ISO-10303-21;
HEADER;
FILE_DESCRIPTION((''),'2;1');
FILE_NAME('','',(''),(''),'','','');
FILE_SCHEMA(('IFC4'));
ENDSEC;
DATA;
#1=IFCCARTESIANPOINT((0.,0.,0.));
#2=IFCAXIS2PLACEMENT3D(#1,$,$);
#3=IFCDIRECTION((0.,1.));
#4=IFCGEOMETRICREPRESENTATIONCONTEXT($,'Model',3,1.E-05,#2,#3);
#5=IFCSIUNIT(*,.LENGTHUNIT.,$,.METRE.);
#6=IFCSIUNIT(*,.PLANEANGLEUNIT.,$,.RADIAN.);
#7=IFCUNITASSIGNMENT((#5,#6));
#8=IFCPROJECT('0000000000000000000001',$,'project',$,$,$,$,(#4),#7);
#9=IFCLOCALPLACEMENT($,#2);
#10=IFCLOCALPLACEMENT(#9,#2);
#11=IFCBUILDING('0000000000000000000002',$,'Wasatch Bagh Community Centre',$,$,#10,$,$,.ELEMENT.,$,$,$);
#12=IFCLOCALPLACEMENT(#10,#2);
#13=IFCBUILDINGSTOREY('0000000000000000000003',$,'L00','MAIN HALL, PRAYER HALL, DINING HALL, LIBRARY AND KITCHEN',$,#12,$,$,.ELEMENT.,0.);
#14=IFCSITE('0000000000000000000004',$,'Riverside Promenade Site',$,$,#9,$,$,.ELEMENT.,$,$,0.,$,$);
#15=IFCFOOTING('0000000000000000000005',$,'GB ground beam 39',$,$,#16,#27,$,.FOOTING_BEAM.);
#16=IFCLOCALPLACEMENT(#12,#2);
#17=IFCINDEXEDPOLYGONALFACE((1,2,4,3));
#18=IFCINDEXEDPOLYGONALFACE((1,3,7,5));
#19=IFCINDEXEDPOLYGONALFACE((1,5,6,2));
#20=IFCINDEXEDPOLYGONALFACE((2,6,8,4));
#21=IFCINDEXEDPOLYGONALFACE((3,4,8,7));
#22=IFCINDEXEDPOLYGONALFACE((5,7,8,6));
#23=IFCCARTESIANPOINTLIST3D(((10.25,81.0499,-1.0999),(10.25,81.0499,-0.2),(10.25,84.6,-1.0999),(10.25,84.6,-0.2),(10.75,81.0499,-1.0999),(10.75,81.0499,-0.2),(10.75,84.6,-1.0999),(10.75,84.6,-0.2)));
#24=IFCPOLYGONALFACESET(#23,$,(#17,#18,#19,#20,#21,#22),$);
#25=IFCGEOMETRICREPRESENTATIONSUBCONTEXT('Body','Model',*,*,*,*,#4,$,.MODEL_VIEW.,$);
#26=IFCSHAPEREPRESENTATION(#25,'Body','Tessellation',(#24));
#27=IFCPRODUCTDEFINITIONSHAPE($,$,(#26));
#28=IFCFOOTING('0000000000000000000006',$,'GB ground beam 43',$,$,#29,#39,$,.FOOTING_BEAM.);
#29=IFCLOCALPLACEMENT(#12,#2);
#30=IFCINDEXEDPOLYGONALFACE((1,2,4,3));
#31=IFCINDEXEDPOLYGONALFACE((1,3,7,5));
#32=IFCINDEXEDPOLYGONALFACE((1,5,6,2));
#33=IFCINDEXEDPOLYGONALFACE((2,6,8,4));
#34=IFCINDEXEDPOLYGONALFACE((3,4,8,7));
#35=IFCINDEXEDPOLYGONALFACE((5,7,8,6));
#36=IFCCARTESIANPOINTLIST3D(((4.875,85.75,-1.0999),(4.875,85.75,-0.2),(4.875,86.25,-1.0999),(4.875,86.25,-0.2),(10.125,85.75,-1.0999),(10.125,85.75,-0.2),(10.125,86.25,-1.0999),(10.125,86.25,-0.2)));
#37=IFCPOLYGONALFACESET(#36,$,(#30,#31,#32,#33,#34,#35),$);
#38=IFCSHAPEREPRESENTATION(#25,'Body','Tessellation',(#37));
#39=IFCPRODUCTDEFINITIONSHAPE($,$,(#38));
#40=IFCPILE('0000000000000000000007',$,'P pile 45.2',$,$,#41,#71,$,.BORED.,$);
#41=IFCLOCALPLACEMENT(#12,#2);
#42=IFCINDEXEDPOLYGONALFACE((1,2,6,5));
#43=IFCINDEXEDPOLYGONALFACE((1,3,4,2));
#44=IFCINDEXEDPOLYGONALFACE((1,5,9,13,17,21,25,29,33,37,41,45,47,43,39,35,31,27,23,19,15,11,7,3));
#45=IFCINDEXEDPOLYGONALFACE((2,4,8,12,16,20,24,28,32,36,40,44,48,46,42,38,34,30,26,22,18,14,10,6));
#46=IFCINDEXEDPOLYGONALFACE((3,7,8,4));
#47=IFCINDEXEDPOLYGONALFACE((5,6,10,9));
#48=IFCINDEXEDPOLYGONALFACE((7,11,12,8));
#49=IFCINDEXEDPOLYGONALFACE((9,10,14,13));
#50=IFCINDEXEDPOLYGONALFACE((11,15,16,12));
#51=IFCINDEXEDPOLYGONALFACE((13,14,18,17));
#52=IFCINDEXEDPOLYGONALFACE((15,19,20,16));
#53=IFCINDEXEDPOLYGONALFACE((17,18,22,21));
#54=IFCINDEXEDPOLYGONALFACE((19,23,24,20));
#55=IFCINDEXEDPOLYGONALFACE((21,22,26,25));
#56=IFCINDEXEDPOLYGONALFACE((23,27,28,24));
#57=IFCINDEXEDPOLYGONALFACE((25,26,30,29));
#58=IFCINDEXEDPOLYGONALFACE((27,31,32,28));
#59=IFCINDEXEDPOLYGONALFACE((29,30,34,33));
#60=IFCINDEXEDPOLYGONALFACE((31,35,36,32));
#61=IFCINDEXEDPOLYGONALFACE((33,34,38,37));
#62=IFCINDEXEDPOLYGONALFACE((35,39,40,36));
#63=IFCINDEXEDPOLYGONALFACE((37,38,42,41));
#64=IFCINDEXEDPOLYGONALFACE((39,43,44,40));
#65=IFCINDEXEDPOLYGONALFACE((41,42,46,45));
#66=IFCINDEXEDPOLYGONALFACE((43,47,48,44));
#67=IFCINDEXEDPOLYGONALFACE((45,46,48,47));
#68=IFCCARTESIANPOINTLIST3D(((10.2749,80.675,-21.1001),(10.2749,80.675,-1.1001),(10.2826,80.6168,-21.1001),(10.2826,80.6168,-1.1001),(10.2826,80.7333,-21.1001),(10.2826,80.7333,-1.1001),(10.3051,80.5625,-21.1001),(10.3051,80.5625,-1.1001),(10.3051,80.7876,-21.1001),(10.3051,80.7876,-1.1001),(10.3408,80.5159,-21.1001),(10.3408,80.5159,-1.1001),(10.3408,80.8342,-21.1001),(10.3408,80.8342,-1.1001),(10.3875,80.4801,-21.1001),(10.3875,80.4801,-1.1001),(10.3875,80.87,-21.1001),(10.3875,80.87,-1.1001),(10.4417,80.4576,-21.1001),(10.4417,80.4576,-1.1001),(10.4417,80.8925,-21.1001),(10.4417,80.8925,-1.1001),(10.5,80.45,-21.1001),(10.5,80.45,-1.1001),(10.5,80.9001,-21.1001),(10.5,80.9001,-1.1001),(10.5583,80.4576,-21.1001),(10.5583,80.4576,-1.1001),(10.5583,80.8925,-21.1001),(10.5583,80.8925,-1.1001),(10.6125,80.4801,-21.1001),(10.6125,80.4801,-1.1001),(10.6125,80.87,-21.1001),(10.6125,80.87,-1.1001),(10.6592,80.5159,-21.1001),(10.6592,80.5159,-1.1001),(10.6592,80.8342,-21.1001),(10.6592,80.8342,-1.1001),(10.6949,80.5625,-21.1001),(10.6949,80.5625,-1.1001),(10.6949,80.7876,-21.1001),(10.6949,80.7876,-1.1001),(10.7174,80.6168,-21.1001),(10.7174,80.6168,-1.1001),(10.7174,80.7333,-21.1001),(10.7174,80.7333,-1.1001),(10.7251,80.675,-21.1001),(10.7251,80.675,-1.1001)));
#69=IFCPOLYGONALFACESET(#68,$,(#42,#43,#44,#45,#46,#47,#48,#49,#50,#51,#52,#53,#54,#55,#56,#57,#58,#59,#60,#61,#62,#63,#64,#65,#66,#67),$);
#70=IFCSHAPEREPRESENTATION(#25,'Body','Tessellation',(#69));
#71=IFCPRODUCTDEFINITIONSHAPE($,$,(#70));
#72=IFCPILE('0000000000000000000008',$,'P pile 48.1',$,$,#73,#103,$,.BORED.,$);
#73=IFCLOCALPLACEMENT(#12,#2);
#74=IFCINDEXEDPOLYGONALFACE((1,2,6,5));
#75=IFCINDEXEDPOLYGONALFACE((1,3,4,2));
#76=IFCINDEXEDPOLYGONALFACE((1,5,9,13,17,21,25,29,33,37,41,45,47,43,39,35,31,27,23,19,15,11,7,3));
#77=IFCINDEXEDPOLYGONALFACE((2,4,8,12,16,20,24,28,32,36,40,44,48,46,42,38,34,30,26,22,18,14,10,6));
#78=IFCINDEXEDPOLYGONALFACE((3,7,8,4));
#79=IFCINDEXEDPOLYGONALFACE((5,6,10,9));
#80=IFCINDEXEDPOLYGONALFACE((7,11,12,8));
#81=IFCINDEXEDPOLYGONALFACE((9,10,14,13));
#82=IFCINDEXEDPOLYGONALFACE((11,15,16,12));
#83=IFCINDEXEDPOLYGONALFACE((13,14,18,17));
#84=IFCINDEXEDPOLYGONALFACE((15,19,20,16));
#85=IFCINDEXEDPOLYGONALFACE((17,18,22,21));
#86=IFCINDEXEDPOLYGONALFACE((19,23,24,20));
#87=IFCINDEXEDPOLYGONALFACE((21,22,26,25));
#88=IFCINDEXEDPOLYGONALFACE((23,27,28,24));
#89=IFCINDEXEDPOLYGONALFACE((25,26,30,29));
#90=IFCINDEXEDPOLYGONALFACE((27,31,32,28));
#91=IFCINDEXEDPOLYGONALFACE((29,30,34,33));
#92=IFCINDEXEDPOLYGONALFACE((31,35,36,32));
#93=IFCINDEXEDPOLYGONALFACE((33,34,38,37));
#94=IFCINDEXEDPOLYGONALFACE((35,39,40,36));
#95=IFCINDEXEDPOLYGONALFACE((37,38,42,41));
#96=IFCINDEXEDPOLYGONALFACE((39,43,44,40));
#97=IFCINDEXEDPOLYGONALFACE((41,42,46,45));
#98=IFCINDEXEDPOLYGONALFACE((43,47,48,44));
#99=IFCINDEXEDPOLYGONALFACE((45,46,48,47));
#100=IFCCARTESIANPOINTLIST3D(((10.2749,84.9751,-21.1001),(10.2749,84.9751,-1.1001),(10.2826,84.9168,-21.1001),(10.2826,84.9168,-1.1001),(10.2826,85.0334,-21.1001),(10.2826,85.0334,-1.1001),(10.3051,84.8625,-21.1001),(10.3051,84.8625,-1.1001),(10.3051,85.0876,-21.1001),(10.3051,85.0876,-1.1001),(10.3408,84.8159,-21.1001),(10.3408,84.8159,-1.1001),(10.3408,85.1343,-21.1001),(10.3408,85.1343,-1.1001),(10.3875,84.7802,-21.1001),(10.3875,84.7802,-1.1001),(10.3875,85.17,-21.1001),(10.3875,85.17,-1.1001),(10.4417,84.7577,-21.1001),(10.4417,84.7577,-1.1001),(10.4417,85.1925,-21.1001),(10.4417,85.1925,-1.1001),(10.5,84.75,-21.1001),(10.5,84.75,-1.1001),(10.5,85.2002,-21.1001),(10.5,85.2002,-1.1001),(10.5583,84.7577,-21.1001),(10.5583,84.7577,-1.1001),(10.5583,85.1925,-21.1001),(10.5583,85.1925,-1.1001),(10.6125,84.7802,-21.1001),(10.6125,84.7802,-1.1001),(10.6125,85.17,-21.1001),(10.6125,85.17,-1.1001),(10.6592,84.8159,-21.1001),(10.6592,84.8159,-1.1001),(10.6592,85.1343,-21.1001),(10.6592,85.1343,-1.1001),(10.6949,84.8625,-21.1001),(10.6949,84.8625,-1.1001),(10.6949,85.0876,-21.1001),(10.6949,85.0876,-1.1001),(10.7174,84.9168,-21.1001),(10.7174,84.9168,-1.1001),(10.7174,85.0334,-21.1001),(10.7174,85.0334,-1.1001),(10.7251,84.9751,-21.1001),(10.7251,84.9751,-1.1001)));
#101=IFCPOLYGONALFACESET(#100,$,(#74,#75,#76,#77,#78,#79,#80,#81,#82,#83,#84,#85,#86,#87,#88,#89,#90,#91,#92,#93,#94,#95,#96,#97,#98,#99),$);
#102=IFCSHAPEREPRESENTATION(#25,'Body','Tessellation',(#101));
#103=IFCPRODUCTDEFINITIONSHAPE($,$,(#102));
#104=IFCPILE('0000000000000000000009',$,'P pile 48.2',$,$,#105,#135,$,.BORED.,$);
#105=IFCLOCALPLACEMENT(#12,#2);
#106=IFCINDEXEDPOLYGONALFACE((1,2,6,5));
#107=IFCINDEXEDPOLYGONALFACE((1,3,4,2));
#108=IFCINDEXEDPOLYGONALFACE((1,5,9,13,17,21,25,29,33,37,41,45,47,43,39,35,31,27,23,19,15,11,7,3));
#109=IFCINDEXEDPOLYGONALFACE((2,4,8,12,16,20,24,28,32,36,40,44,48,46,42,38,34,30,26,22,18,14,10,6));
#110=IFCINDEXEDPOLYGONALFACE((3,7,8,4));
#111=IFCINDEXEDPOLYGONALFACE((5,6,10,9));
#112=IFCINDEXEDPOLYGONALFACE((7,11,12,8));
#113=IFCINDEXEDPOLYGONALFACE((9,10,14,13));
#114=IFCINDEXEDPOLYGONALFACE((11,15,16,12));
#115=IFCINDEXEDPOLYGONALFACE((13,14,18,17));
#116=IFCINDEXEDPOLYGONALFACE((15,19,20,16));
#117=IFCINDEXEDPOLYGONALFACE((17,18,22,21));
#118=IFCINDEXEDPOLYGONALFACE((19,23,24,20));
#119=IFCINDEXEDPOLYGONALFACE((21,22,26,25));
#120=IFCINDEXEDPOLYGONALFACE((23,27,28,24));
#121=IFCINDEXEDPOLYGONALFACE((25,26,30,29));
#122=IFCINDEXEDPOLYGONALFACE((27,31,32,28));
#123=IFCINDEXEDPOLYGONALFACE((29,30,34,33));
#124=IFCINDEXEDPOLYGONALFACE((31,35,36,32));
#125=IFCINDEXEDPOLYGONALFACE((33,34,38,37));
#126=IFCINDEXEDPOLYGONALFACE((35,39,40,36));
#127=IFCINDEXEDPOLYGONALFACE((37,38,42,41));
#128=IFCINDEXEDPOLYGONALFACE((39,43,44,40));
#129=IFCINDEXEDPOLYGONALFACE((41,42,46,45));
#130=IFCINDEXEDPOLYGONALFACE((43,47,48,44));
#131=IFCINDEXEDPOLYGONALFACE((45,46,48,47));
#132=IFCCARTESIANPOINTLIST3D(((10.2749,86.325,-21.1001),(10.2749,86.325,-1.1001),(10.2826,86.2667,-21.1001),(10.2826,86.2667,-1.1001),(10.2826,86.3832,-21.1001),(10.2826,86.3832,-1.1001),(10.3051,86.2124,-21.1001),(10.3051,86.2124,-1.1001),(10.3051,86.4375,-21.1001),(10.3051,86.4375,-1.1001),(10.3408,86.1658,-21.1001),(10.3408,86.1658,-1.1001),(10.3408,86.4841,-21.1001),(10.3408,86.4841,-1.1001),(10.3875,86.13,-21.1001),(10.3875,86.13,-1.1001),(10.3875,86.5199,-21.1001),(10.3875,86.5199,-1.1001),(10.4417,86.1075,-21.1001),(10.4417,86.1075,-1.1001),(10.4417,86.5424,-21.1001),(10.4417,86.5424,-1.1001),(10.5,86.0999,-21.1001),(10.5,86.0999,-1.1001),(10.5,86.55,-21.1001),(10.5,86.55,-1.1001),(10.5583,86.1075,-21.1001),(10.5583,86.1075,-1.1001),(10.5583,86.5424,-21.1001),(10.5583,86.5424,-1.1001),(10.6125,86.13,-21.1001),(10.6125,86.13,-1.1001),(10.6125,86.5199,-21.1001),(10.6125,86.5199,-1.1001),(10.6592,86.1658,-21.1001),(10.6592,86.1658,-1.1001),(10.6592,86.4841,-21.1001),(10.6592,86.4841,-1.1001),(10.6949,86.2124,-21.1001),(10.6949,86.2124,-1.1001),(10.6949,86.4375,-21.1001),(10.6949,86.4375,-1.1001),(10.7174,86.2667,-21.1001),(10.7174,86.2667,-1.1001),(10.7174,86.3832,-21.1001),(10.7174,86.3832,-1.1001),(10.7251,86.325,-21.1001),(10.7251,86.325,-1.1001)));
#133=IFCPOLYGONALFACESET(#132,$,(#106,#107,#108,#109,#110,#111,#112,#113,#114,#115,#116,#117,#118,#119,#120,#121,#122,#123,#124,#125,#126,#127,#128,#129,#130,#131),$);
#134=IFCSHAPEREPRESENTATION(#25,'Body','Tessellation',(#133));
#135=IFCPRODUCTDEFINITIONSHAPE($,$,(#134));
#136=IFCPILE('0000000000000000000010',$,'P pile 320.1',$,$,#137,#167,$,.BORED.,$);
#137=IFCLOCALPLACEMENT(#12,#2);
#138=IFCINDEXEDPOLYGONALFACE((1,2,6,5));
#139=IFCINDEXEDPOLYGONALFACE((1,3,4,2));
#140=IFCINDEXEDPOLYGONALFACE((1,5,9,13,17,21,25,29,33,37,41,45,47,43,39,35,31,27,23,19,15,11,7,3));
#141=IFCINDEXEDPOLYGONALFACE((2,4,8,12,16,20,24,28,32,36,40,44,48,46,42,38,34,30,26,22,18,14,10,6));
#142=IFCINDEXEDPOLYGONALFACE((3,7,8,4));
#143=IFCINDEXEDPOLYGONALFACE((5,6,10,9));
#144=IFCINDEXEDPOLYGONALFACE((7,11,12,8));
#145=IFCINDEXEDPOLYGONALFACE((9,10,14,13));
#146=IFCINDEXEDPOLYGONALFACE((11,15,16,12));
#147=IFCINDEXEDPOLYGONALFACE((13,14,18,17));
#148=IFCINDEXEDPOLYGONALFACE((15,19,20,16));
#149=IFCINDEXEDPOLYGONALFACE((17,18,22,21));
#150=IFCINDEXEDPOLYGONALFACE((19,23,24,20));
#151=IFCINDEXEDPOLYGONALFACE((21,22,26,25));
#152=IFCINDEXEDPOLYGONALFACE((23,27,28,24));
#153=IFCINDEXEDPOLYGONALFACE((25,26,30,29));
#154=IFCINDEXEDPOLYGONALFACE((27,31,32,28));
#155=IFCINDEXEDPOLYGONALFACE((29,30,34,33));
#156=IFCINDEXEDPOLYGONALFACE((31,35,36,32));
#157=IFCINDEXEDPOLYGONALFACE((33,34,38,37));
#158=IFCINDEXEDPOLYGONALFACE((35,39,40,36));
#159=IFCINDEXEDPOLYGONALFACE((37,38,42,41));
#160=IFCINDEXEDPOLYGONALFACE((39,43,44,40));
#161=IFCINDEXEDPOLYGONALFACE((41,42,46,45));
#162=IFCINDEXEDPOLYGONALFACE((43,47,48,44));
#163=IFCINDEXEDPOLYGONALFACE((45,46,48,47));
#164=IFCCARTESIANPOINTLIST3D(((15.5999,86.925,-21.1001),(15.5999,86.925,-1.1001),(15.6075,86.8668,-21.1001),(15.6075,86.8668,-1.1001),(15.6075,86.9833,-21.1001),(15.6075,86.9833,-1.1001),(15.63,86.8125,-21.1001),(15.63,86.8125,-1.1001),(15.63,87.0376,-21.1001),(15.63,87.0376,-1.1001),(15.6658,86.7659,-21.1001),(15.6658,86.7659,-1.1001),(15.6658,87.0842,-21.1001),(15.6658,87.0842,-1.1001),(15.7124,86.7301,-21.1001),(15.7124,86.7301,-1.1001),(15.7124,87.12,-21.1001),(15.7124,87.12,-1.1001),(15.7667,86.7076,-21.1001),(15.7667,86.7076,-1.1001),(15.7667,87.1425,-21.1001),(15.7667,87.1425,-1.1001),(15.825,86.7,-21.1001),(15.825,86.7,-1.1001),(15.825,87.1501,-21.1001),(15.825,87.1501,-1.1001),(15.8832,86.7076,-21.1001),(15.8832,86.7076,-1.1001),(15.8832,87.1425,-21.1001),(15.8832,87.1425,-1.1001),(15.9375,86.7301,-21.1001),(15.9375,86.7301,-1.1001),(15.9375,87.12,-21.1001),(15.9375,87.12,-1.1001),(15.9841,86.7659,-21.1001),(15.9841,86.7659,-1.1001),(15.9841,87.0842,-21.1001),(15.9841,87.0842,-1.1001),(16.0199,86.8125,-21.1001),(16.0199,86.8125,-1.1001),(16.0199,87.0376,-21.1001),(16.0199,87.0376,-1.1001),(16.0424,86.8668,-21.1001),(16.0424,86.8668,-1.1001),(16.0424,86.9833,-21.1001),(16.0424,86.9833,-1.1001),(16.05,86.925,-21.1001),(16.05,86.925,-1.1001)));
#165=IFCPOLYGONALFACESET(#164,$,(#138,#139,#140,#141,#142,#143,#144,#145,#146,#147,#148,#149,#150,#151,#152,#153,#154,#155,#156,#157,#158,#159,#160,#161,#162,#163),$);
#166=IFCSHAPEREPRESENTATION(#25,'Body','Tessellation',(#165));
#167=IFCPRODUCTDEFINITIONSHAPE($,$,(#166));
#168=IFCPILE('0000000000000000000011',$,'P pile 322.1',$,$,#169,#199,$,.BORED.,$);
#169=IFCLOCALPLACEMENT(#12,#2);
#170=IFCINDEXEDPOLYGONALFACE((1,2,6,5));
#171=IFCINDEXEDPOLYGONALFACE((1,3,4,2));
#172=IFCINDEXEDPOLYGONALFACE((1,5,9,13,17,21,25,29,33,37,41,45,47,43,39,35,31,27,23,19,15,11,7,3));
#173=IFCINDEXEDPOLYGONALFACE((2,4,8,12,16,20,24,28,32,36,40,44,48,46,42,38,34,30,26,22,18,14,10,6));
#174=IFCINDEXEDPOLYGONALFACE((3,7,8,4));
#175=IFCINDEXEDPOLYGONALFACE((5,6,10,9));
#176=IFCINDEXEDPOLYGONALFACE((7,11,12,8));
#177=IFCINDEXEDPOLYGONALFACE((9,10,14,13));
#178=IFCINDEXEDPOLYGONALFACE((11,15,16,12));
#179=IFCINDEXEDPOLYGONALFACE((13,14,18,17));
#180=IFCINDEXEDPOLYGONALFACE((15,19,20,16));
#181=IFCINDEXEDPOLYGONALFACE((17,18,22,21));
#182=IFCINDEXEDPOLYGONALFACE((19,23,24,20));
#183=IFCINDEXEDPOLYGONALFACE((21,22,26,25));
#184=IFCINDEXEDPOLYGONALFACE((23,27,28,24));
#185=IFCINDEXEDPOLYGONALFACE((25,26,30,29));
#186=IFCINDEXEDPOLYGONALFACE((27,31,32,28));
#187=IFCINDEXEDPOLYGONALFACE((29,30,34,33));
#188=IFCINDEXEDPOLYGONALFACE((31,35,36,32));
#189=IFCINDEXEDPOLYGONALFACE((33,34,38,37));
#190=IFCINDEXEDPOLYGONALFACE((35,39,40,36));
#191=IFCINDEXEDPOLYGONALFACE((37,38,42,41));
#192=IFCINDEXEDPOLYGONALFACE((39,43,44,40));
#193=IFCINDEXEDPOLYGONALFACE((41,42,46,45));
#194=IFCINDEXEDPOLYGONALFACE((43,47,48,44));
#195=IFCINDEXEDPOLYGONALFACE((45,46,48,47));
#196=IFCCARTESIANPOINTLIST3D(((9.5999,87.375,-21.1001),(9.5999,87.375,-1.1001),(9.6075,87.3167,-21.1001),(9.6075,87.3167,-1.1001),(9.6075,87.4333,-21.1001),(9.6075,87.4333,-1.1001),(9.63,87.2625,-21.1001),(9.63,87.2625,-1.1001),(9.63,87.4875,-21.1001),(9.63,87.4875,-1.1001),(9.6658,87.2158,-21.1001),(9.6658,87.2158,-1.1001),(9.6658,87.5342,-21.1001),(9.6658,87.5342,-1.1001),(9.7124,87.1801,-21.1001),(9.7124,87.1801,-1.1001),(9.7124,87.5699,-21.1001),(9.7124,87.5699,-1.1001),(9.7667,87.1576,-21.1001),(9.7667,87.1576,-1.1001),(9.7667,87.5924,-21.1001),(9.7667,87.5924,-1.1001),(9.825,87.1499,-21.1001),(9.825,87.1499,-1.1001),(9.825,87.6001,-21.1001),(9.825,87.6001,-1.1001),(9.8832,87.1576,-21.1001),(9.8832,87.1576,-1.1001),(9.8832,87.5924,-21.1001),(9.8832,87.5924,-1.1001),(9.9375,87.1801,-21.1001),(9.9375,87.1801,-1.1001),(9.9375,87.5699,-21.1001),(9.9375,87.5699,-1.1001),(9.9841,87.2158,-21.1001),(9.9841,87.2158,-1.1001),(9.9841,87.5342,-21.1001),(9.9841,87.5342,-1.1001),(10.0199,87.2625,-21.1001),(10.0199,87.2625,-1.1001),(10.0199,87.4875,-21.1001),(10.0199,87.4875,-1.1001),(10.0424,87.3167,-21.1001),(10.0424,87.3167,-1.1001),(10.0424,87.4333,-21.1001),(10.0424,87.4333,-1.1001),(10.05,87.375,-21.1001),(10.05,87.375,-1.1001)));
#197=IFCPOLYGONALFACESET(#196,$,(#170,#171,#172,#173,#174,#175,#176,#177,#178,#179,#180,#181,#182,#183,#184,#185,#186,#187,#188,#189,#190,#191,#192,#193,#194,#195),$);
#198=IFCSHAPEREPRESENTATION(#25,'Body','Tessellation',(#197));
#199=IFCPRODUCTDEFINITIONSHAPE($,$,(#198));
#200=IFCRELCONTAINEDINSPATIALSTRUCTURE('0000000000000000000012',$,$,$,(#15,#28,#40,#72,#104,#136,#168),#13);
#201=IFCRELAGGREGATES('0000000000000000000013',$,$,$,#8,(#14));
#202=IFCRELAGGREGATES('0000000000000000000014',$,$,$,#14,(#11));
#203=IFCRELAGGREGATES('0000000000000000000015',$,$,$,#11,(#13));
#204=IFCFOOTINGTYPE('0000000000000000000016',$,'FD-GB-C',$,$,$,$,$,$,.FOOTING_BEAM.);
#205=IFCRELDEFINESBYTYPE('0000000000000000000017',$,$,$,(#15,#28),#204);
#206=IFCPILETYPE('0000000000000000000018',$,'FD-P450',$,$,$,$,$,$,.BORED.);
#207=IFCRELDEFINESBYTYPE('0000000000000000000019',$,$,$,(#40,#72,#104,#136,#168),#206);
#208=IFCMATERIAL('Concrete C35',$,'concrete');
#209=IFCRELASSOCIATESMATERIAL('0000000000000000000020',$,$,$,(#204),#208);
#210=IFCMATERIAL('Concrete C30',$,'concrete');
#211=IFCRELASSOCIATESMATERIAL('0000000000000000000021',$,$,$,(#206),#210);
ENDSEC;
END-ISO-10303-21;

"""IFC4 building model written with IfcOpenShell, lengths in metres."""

from ifc_helpers import new_model, si_unit, direction, frame, origin, origin_2d, place, context, subcontext, project, spatial, rectangle, circle, extrude, material, material_profile, profile_set, type_object, element, save


model = new_model("IFC4")

# Units and contexts
model_context = context("Model", 3, precision=1e-05, world=origin(), true_north=direction((0.0, 1.0)))
body_context = subcontext(model_context, "Body", "Model", "MODEL_VIEW")
ifc_project = project(units=[si_unit("LENGTHUNIT", "METRE"), si_unit("PLANEANGLEUNIT", "RADIAN")], contexts=[model_context])

# Site, building, storey
site_placement = place(None, origin())
site = spatial("IfcSite", under=ifc_project, at=site_placement, Name="Riverside Promenade Site", CompositionType="ELEMENT", RefElevation=0.0)
building_placement = place(site_placement, origin())
building = spatial("IfcBuilding", under=site, at=building_placement, Name="Wasatch Bagh Community Centre", CompositionType="ELEMENT")
storey_placement = place(building_placement, origin())
storey = spatial("IfcBuildingStorey", under=building, at=storey_placement, Name="L00", Description="MAIN HALL, PRAYER HALL, DINING HALL, LIBRARY AND KITCHEN", CompositionType="ELEMENT", Elevation=0.0)

# Footings
ifc_material_1 = material(Name="Concrete C35", Category="concrete")
footing_type_1 = type_object("IfcFootingType", Name="FD-GB-C", PredefinedType="FOOTING_BEAM", material=ifc_material_1)
footing_1_placement = place(storey_placement, frame((10.5, 82.825, -1.0999), z_axis=(0.0, 0.0, 1.0), x_axis=(0.0, 1.0, 0.0)))
element("IfcFooting", 1, at=footing_1_placement, inside=storey, type_object=footing_type_1, Name="GB ground beam 39", PredefinedType="FOOTING_BEAM", context=body_context, shape_type="SweptSolid", body=[
    extrude(rectangle(XDim=3.55, YDim=0.5, at=origin_2d()), origin(), (0.0, 0.0, 1.0), 0.8999),
])
footing_2_placement = place(storey_placement, frame((7.5, 86.0, -1.0999), z_axis=(0.0, 0.0, 1.0), x_axis=(1.0, 0.0, 0.0)))
element("IfcFooting", 2, at=footing_2_placement, inside=storey, type_object=footing_type_1, Name="GB ground beam 43", PredefinedType="FOOTING_BEAM", context=body_context, shape_type="SweptSolid", body=[
    extrude(rectangle(XDim=5.25, YDim=0.5, at=origin_2d()), origin(), (0.0, 0.0, 1.0), 0.8999),
])

# Piles
ifc_material_2 = material(Name="Concrete C30", Category="concrete")
ifc_material_profile_1 = material_profile(ifc_material_2, circle(Radius=0.2251, at=origin_2d()), Name="RC D450")
ifc_profile_set_1 = profile_set([ifc_material_profile_1], Name="Concrete C30")
pile_type = type_object("IfcPileType", Name="FD-P450", PredefinedType="BORED", material=ifc_profile_set_1)
for number, where, z_axis, x_axis, name in (
    (3, (10.5, 80.675, -1.1001), (0.0, 0.0, -1.0), (1.0, 0.0, 0.0), "P pile 45.2"),
    (4, (10.5, 84.9751, -1.1001), (0.0, 0.0, -1.0), (1.0, 0.0, 0.0), "P pile 48.1"),
    (5, (10.5, 86.325, -1.1001), (0.0, 0.0, -1.0), (1.0, 0.0, 0.0), "P pile 48.2"),
    (6, (15.825, 86.925, -1.1001), (0.0, 0.0, -1.0), (1.0, 0.0, 0.0), "P pile 320.1"),
    (7, (9.825, 87.375, -1.1001), (0.0, 0.0, -1.0), (1.0, 0.0, 0.0), "P pile 322.1"),
):
    element("IfcPile", number, at=place(storey_placement, frame(where, z_axis=z_axis, x_axis=x_axis)), inside=storey, type_object=pile_type, Name=name, PredefinedType="BORED", context=body_context, shape_type="SweptSolid", body=[
        extrude(circle(Radius=0.2251, at=origin_2d()), origin(), (0.0, 0.0, 1.0), 20.0),
    ])

save(model, "model.ifc")
